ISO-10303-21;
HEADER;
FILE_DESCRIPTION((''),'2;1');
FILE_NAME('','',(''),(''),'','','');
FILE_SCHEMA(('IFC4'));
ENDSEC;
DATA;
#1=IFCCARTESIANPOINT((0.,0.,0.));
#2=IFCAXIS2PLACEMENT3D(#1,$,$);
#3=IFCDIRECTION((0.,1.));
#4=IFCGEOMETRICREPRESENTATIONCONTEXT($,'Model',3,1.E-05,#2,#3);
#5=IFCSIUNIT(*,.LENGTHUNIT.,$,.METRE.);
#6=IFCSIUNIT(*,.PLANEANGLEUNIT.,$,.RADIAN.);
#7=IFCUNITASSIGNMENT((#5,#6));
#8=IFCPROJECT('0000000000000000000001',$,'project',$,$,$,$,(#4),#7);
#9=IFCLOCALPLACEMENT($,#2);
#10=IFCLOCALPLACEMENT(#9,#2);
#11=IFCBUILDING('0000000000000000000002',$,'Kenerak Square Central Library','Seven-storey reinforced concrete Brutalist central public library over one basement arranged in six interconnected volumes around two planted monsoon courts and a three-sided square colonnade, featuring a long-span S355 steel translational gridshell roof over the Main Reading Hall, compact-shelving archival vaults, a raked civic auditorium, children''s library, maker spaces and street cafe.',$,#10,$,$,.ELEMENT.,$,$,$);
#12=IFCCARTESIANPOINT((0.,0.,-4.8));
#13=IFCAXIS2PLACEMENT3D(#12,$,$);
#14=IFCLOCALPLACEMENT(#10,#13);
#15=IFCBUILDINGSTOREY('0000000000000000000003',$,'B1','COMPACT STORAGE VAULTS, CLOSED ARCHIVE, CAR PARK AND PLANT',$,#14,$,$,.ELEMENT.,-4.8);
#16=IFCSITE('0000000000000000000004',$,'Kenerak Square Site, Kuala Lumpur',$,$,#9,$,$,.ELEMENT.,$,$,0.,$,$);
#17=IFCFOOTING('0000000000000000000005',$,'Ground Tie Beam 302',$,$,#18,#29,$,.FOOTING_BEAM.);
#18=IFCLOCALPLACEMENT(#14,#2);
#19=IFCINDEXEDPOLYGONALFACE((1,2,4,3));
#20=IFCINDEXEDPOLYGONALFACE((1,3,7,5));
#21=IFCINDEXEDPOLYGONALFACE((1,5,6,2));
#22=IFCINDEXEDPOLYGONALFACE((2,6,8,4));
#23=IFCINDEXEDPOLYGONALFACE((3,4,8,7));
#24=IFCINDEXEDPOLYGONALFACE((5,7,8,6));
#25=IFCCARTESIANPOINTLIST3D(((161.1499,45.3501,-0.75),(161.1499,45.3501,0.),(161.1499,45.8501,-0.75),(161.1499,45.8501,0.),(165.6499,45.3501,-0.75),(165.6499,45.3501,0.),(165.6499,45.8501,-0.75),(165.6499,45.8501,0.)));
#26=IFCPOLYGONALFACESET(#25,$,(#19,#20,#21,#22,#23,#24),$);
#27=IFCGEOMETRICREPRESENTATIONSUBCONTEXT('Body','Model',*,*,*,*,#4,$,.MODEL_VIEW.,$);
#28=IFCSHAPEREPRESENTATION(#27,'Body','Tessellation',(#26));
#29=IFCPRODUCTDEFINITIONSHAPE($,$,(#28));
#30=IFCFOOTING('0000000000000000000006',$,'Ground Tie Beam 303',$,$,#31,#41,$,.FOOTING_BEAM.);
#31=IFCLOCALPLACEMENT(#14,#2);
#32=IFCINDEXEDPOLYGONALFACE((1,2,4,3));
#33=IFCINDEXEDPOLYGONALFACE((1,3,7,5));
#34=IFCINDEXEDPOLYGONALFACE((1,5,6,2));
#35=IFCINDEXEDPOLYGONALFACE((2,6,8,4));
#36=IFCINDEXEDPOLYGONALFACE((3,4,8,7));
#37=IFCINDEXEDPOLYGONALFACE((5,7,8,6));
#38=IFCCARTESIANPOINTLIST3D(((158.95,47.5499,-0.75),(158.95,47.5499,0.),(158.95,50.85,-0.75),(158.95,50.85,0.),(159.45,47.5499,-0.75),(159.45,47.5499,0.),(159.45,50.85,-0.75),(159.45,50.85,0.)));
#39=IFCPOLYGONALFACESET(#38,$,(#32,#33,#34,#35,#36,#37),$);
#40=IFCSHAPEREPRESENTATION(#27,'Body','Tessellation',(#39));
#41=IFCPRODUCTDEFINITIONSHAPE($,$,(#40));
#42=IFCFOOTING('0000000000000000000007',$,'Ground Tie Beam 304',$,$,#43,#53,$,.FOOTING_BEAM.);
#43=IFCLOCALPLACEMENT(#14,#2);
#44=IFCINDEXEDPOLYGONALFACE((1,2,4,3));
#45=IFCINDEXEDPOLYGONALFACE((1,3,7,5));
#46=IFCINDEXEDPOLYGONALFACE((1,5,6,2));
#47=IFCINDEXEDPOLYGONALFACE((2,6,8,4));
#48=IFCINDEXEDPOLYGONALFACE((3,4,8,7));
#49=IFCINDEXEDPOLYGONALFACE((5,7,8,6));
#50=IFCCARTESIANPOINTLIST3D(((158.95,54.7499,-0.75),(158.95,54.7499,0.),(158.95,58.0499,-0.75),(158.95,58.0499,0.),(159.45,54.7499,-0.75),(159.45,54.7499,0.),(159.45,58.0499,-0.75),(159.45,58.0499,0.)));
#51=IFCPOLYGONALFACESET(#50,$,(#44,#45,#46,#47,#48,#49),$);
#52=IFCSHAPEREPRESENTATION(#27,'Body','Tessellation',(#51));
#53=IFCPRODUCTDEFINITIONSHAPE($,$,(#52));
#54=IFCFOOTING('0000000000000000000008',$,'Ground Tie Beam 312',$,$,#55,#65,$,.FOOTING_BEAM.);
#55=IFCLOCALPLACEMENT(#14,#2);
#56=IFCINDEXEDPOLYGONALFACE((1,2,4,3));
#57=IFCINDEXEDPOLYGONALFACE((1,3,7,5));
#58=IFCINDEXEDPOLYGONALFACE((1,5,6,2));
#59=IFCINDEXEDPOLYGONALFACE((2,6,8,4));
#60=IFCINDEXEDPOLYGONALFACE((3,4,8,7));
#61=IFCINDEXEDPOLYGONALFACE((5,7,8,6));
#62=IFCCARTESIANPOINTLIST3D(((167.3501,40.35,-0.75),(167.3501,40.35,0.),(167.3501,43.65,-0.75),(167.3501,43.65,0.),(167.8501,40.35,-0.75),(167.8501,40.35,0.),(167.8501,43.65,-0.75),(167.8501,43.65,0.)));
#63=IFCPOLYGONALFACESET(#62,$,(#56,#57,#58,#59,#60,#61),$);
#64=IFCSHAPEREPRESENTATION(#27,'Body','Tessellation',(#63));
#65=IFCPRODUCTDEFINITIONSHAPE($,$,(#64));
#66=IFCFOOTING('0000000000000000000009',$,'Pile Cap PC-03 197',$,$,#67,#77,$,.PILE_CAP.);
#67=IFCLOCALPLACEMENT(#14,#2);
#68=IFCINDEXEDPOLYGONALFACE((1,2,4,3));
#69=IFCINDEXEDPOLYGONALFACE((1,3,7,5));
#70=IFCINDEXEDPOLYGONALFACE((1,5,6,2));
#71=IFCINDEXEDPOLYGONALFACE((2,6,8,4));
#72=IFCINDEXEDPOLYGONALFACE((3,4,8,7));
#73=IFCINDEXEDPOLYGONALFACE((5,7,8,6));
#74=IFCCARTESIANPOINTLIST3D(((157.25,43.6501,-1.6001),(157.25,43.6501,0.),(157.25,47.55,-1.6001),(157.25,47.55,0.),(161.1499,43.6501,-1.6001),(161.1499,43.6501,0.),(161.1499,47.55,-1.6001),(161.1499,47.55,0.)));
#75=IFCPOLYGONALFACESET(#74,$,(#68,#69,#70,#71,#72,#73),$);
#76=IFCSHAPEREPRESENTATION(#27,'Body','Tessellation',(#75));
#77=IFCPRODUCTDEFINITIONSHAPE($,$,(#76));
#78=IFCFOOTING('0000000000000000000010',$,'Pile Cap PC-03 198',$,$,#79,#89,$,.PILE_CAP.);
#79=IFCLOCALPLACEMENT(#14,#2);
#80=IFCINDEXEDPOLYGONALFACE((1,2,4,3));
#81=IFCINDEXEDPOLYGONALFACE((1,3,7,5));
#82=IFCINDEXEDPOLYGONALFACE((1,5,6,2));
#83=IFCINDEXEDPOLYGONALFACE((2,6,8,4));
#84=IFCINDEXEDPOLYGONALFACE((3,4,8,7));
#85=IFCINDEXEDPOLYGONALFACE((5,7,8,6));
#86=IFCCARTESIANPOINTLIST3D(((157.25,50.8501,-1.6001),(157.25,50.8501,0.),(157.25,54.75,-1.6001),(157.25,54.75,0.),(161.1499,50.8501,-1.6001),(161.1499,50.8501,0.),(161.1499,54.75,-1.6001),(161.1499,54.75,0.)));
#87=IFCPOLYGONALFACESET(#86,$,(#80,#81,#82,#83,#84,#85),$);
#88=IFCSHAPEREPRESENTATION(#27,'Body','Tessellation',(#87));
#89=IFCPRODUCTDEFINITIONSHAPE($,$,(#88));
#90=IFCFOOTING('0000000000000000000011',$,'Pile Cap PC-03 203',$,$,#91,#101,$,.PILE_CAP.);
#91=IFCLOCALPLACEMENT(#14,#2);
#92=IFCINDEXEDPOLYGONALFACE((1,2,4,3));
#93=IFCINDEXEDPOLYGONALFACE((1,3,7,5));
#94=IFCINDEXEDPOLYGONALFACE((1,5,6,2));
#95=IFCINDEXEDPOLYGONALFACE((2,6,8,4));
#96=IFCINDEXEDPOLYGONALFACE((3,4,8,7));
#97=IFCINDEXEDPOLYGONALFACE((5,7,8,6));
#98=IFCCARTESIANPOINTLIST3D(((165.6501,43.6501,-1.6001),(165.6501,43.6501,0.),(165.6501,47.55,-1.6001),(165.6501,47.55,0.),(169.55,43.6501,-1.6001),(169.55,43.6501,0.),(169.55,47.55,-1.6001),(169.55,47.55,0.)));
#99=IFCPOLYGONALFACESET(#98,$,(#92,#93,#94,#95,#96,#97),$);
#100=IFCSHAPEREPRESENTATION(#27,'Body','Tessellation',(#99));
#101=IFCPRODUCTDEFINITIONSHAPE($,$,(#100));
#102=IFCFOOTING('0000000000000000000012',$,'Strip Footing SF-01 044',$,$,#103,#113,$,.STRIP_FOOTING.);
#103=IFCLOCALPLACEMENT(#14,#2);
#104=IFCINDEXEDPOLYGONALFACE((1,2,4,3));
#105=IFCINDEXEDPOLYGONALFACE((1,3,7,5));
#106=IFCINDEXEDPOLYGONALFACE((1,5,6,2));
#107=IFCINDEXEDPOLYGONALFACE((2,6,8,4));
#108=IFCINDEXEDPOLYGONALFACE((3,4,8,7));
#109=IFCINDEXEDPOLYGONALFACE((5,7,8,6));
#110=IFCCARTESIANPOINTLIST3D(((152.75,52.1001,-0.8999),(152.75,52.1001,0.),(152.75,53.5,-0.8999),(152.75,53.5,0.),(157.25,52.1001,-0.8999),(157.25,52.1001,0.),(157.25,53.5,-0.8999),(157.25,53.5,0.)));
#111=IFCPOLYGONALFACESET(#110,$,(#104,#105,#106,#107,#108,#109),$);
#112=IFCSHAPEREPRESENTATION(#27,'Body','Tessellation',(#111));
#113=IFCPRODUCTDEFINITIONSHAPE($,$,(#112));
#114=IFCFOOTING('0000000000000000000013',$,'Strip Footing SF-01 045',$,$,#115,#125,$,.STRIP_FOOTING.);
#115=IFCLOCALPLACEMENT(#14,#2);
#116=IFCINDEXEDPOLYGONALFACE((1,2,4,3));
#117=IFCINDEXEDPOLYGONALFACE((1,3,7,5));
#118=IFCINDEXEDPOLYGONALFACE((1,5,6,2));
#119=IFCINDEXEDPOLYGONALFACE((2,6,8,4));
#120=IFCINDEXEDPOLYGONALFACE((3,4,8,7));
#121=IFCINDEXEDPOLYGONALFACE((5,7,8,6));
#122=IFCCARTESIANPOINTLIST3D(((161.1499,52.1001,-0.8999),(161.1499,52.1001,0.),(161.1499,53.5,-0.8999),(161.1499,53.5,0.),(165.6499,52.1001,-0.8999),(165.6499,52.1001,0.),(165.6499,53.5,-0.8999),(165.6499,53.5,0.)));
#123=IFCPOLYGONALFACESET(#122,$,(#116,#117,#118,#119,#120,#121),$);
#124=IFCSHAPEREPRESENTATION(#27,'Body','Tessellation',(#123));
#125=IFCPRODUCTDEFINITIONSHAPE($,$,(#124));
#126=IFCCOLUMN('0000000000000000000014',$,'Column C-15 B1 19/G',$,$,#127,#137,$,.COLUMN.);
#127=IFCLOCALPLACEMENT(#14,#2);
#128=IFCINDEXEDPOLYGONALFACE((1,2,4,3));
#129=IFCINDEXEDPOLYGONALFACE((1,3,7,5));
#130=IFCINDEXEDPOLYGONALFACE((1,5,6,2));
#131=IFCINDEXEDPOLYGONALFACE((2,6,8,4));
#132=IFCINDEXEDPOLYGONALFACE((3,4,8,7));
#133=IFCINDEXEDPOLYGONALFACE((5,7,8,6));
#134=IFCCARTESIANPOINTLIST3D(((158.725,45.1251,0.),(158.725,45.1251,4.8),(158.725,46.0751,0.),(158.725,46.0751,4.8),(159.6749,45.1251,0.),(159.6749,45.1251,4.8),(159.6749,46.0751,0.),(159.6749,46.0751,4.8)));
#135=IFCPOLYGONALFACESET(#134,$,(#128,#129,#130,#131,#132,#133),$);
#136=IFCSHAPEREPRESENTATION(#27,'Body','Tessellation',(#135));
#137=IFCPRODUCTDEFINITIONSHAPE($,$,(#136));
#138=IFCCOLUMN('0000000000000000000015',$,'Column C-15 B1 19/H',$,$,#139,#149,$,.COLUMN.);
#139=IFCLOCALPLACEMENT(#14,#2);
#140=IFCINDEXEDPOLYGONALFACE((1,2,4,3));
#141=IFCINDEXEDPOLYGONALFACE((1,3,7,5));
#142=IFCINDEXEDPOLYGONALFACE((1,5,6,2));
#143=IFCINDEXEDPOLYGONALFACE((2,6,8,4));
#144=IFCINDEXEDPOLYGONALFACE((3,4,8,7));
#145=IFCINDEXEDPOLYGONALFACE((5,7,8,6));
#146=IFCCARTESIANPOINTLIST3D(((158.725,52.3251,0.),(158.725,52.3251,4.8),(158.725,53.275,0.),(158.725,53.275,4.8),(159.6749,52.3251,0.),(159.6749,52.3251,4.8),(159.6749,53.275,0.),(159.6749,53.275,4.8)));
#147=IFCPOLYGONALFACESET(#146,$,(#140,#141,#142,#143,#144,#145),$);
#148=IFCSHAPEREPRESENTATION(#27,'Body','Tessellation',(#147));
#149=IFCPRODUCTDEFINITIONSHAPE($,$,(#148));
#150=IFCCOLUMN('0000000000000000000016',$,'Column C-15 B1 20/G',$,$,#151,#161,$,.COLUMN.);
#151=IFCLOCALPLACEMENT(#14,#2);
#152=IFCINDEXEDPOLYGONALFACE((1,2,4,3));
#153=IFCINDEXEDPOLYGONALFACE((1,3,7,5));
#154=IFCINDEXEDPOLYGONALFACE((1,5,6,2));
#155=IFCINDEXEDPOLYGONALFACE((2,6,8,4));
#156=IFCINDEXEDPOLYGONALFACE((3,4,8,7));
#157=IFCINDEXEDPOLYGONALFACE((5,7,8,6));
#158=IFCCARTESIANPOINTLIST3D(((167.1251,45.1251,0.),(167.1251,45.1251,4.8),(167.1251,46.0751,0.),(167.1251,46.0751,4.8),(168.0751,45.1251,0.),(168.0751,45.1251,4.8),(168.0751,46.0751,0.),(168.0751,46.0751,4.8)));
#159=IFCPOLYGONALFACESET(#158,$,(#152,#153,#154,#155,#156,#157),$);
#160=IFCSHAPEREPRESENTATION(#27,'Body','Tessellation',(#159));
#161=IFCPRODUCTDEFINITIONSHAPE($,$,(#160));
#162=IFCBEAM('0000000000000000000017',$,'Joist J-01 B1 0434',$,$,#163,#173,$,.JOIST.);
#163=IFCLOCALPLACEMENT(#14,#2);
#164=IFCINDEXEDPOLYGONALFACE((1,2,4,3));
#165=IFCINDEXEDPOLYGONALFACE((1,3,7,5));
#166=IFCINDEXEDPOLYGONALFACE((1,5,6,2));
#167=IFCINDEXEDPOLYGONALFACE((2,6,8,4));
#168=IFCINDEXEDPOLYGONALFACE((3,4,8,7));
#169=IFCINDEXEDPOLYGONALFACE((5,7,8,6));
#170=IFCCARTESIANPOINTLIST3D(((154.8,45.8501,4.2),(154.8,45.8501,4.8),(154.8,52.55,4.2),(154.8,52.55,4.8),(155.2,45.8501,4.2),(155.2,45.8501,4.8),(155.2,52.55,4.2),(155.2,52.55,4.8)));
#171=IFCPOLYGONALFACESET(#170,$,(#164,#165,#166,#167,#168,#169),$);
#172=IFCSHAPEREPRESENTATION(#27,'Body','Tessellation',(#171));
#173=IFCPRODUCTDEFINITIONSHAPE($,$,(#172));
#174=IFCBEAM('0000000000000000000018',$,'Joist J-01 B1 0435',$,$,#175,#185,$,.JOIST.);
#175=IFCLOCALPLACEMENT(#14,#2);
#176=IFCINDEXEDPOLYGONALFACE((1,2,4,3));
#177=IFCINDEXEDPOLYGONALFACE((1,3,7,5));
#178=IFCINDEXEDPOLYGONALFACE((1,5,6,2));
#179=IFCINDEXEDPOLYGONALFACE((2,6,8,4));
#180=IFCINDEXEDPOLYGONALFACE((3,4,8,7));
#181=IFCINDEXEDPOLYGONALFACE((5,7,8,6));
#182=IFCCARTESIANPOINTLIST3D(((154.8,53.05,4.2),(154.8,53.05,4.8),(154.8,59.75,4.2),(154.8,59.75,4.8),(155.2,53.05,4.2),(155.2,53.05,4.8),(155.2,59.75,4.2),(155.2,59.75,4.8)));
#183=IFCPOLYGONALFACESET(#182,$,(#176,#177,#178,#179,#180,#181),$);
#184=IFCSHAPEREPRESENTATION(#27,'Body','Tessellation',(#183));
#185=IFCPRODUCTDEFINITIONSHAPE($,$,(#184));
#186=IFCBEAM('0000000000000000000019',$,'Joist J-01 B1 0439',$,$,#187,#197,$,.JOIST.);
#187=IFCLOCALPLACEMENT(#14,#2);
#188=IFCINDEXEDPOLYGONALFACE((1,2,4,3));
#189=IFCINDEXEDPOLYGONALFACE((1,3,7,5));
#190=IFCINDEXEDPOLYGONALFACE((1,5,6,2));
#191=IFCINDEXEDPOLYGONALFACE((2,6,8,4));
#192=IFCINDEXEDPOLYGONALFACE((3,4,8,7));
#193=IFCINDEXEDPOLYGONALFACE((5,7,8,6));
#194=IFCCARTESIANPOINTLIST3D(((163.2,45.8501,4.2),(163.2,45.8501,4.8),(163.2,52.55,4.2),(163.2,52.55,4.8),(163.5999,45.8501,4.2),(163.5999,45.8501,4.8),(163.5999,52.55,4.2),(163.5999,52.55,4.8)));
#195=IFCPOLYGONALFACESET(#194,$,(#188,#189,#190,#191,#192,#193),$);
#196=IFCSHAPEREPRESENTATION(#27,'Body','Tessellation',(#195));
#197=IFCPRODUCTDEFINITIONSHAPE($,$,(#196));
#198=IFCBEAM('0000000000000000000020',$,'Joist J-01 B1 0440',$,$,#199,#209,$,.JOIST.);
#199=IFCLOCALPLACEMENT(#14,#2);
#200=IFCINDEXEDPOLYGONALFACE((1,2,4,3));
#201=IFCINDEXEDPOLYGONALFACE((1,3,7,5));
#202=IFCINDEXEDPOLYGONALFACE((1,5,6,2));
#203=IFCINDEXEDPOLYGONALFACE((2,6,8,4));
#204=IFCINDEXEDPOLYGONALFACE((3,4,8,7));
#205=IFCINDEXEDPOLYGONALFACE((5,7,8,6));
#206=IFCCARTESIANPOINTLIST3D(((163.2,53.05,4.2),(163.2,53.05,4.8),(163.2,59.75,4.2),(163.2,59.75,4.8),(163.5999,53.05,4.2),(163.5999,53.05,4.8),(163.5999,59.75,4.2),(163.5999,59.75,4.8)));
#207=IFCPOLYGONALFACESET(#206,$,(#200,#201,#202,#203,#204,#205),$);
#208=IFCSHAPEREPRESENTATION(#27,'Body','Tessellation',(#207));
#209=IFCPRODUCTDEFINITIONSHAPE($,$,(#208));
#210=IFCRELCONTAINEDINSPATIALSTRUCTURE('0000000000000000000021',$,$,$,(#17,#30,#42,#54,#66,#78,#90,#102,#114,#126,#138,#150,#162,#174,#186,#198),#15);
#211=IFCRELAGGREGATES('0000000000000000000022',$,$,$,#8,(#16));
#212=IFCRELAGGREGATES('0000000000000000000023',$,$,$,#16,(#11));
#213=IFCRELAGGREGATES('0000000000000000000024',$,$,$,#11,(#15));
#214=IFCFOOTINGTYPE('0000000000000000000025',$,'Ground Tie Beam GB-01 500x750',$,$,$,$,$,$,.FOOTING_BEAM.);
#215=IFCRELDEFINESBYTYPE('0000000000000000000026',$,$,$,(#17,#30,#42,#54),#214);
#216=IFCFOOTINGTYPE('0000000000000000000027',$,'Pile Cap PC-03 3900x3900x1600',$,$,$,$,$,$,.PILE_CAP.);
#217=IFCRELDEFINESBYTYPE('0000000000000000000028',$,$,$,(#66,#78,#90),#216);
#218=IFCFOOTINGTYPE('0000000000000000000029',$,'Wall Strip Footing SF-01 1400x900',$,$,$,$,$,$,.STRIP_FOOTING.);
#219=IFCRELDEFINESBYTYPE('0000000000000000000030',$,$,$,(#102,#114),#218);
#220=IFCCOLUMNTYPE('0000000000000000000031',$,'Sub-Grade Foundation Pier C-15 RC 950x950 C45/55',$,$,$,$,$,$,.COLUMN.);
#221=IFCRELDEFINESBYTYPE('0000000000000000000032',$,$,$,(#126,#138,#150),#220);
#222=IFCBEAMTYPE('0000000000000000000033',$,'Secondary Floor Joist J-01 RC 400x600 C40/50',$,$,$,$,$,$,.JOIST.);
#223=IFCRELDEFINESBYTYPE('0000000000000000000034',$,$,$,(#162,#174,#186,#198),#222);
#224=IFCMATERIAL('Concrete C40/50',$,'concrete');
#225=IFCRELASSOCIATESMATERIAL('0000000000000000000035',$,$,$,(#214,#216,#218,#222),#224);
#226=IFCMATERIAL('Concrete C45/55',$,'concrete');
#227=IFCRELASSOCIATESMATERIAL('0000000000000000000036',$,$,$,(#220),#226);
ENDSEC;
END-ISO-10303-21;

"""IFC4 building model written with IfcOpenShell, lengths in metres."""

from ifc_helpers import new_model, si_unit, direction, frame, origin, origin_2d, place, context, subcontext, project, spatial, rectangle, extrude, material, material_profile, profile_set, type_object, element, save


model = new_model("IFC4")

# Units and contexts
model_context = context("Model", 3, precision=1e-05, world=origin(), true_north=direction((0.0, 1.0)))
body_context = subcontext(model_context, "Body", "Model", "MODEL_VIEW")
ifc_project = project(units=[si_unit("LENGTHUNIT", "METRE"), si_unit("PLANEANGLEUNIT", "RADIAN")], contexts=[model_context])

# Site, building, storey
site_placement = place(None, origin())
site = spatial("IfcSite", under=ifc_project, at=site_placement, Name="Kenerak Square Site, Kuala Lumpur", CompositionType="ELEMENT", RefElevation=0.0)
building_placement = place(site_placement, origin())
building = spatial("IfcBuilding", under=site, at=building_placement, Name="Kenerak Square Central Library", Description="Seven-storey reinforced concrete Brutalist central public library over one basement arranged in six interconnected volumes around two planted monsoon courts and a three-sided square colonnade, featuring a long-span S355 steel translational gridshell roof over the Main Reading Hall, compact-shelving archival vaults, a raked civic auditorium, children's library, maker spaces and street cafe.", CompositionType="ELEMENT")
storey_placement = place(building_placement, frame((0.0, 0.0, -4.8)))
storey = spatial("IfcBuildingStorey", under=building, at=storey_placement, Name="B1", Description="COMPACT STORAGE VAULTS, CLOSED ARCHIVE, CAR PARK AND PLANT", CompositionType="ELEMENT", Elevation=-4.8)

# Shared definitions
ifc_material_1 = material(Name="Concrete C40/50", Category="concrete")

# Footings
footing_type_1 = type_object("IfcFootingType", Name="Ground Tie Beam GB-01 500x750", PredefinedType="FOOTING_BEAM", material=ifc_material_1)
footing_1_placement = place(storey_placement, frame((163.3999, 45.6001, -0.75), z_axis=(0.0, 0.0, 1.0), x_axis=(1.0, 0.0, 0.0)))
element("IfcFooting", 1, at=footing_1_placement, inside=storey, type_object=footing_type_1, Name="Ground Tie Beam 302", PredefinedType="FOOTING_BEAM", context=body_context, shape_type="SweptSolid", body=[
    extrude(rectangle(XDim=4.5, YDim=0.5, at=origin_2d()), origin(), (0.0, 0.0, 1.0), 0.75),
])
for number, where, z_axis, x_axis, name in (
    (2, (159.2, 49.2, -0.75), (0.0, 0.0, 1.0), (1.0, 0.0, 0.0), "Ground Tie Beam 303"),
    (3, (159.2, 56.3999, -0.75), (0.0, 0.0, 1.0), (1.0, 0.0, 0.0), "Ground Tie Beam 304"),
    (4, (167.6001, 42.0, -0.75), (0.0, 0.0, 1.0), (1.0, 0.0, 0.0), "Ground Tie Beam 312"),
):
    element("IfcFooting", number, at=place(storey_placement, frame(where, z_axis=z_axis, x_axis=x_axis)), inside=storey, type_object=footing_type_1, Name=name, PredefinedType="FOOTING_BEAM", context=body_context, shape_type="SweptSolid", body=[
        extrude(rectangle(XDim=0.5, YDim=3.3, at=origin_2d()), origin(), (0.0, 0.0, 1.0), 0.75),
    ])
footing_type_2 = type_object("IfcFootingType", Name="Pile Cap PC-03 3900x3900x1600", PredefinedType="PILE_CAP", material=ifc_material_1)
for number, where, z_axis, x_axis, name in (
    (5, (159.2, 45.6001, -1.6001), (0.0, 0.0, 1.0), (1.0, 0.0, 0.0), "Pile Cap PC-03 197"),
    (6, (159.2, 52.8, -1.6001), (0.0, 0.0, 1.0), (1.0, 0.0, 0.0), "Pile Cap PC-03 198"),
    (7, (167.6001, 45.6001, -1.6001), (0.0, 0.0, 1.0), (1.0, 0.0, 0.0), "Pile Cap PC-03 203"),
):
    element("IfcFooting", number, at=place(storey_placement, frame(where, z_axis=z_axis, x_axis=x_axis)), inside=storey, type_object=footing_type_2, Name=name, PredefinedType="PILE_CAP", context=body_context, shape_type="SweptSolid", body=[
        extrude(rectangle(XDim=3.8999, YDim=3.8999, at=origin_2d()), origin(), (0.0, 0.0, 1.0), 1.6001),
    ])
footing_type_3 = type_object("IfcFootingType", Name="Wall Strip Footing SF-01 1400x900", PredefinedType="STRIP_FOOTING", material=ifc_material_1)
for number, where, z_axis, x_axis, name in (
    (8, (155.0, 52.8, -0.8999), (0.0, 0.0, 1.0), (1.0, 0.0, 0.0), "Strip Footing SF-01 044"),
    (9, (163.3999, 52.8, -0.8999), (0.0, 0.0, 1.0), (1.0, 0.0, 0.0), "Strip Footing SF-01 045"),
):
    element("IfcFooting", number, at=place(storey_placement, frame(where, z_axis=z_axis, x_axis=x_axis)), inside=storey, type_object=footing_type_3, Name=name, PredefinedType="STRIP_FOOTING", context=body_context, shape_type="SweptSolid", body=[
        extrude(rectangle(XDim=4.5, YDim=1.3999, at=origin_2d()), origin(), (0.0, 0.0, 1.0), 0.8999),
    ])

# Columns
ifc_material_2 = material(Name="Concrete C45/55", Category="concrete")
ifc_material_profile_1 = material_profile(ifc_material_2, rectangle(XDim=0.95, YDim=0.95, at=origin_2d()), Name="RC 950x950")
ifc_profile_set_1 = profile_set([ifc_material_profile_1], Name="Concrete C45/55")
column_type = type_object("IfcColumnType", Name="Sub-Grade Foundation Pier C-15 RC 950x950 C45/55", PredefinedType="COLUMN", material=ifc_profile_set_1)
for number, where, z_axis, x_axis, name in (
    (10, (159.2, 45.6001, 0.0), (0.0, 0.0, 1.0), (1.0, 0.0, 0.0), "Column C-15 B1 19/G"),
    (11, (159.2, 52.8, 0.0), (0.0, 0.0, 1.0), (1.0, 0.0, 0.0), "Column C-15 B1 19/H"),
    (12, (167.6001, 45.6001, 0.0), (0.0, 0.0, 1.0), (1.0, 0.0, 0.0), "Column C-15 B1 20/G"),
):
    element("IfcColumn", number, at=place(storey_placement, frame(where, z_axis=z_axis, x_axis=x_axis)), inside=storey, type_object=column_type, Name=name, PredefinedType="COLUMN", context=body_context, shape_type="SweptSolid", body=[
        extrude(rectangle(XDim=0.95, YDim=0.95, at=origin_2d()), origin(), (0.0, 0.0, 1.0), 4.8),
    ])

# Beams
ifc_material_profile_2 = material_profile(ifc_material_1, rectangle(XDim=0.3999, YDim=0.6001, at=origin_2d()), Name="RC 400x600")
ifc_profile_set_2 = profile_set([ifc_material_profile_2], Name="Concrete C40/50")
beam_type_1 = type_object("IfcBeamType", Name="Secondary Floor Joist J-01 RC 400x600 C40/50", PredefinedType="JOIST", material=ifc_profile_set_2)
for number, where, z_axis, x_axis, name in (
    (13, (155.0, 45.8501, 4.5), (0.0, 1.0, 0.0), (-1.0, 0.0, 0.0), "Joist J-01 B1 0434"),
    (14, (155.0, 53.05, 4.5), (0.0, 1.0, 0.0), (-1.0, 0.0, 0.0), "Joist J-01 B1 0435"),
    (15, (163.3999, 45.8501, 4.5), (0.0, 1.0, 0.0), (-1.0, 0.0, 0.0), "Joist J-01 B1 0439"),
    (16, (163.3999, 53.05, 4.5), (0.0, 1.0, 0.0), (-1.0, 0.0, 0.0), "Joist J-01 B1 0440"),
):
    element("IfcBeam", number, at=place(storey_placement, frame(where, z_axis=z_axis, x_axis=x_axis)), inside=storey, type_object=beam_type_1, Name=name, PredefinedType="JOIST", context=body_context, shape_type="SweptSolid", body=[
        extrude(rectangle(XDim=0.3999, YDim=0.6001, at=origin_2d()), origin(), (0.0, 0.0, 1.0), 6.7),
    ])

save(model, "model.ifc")
